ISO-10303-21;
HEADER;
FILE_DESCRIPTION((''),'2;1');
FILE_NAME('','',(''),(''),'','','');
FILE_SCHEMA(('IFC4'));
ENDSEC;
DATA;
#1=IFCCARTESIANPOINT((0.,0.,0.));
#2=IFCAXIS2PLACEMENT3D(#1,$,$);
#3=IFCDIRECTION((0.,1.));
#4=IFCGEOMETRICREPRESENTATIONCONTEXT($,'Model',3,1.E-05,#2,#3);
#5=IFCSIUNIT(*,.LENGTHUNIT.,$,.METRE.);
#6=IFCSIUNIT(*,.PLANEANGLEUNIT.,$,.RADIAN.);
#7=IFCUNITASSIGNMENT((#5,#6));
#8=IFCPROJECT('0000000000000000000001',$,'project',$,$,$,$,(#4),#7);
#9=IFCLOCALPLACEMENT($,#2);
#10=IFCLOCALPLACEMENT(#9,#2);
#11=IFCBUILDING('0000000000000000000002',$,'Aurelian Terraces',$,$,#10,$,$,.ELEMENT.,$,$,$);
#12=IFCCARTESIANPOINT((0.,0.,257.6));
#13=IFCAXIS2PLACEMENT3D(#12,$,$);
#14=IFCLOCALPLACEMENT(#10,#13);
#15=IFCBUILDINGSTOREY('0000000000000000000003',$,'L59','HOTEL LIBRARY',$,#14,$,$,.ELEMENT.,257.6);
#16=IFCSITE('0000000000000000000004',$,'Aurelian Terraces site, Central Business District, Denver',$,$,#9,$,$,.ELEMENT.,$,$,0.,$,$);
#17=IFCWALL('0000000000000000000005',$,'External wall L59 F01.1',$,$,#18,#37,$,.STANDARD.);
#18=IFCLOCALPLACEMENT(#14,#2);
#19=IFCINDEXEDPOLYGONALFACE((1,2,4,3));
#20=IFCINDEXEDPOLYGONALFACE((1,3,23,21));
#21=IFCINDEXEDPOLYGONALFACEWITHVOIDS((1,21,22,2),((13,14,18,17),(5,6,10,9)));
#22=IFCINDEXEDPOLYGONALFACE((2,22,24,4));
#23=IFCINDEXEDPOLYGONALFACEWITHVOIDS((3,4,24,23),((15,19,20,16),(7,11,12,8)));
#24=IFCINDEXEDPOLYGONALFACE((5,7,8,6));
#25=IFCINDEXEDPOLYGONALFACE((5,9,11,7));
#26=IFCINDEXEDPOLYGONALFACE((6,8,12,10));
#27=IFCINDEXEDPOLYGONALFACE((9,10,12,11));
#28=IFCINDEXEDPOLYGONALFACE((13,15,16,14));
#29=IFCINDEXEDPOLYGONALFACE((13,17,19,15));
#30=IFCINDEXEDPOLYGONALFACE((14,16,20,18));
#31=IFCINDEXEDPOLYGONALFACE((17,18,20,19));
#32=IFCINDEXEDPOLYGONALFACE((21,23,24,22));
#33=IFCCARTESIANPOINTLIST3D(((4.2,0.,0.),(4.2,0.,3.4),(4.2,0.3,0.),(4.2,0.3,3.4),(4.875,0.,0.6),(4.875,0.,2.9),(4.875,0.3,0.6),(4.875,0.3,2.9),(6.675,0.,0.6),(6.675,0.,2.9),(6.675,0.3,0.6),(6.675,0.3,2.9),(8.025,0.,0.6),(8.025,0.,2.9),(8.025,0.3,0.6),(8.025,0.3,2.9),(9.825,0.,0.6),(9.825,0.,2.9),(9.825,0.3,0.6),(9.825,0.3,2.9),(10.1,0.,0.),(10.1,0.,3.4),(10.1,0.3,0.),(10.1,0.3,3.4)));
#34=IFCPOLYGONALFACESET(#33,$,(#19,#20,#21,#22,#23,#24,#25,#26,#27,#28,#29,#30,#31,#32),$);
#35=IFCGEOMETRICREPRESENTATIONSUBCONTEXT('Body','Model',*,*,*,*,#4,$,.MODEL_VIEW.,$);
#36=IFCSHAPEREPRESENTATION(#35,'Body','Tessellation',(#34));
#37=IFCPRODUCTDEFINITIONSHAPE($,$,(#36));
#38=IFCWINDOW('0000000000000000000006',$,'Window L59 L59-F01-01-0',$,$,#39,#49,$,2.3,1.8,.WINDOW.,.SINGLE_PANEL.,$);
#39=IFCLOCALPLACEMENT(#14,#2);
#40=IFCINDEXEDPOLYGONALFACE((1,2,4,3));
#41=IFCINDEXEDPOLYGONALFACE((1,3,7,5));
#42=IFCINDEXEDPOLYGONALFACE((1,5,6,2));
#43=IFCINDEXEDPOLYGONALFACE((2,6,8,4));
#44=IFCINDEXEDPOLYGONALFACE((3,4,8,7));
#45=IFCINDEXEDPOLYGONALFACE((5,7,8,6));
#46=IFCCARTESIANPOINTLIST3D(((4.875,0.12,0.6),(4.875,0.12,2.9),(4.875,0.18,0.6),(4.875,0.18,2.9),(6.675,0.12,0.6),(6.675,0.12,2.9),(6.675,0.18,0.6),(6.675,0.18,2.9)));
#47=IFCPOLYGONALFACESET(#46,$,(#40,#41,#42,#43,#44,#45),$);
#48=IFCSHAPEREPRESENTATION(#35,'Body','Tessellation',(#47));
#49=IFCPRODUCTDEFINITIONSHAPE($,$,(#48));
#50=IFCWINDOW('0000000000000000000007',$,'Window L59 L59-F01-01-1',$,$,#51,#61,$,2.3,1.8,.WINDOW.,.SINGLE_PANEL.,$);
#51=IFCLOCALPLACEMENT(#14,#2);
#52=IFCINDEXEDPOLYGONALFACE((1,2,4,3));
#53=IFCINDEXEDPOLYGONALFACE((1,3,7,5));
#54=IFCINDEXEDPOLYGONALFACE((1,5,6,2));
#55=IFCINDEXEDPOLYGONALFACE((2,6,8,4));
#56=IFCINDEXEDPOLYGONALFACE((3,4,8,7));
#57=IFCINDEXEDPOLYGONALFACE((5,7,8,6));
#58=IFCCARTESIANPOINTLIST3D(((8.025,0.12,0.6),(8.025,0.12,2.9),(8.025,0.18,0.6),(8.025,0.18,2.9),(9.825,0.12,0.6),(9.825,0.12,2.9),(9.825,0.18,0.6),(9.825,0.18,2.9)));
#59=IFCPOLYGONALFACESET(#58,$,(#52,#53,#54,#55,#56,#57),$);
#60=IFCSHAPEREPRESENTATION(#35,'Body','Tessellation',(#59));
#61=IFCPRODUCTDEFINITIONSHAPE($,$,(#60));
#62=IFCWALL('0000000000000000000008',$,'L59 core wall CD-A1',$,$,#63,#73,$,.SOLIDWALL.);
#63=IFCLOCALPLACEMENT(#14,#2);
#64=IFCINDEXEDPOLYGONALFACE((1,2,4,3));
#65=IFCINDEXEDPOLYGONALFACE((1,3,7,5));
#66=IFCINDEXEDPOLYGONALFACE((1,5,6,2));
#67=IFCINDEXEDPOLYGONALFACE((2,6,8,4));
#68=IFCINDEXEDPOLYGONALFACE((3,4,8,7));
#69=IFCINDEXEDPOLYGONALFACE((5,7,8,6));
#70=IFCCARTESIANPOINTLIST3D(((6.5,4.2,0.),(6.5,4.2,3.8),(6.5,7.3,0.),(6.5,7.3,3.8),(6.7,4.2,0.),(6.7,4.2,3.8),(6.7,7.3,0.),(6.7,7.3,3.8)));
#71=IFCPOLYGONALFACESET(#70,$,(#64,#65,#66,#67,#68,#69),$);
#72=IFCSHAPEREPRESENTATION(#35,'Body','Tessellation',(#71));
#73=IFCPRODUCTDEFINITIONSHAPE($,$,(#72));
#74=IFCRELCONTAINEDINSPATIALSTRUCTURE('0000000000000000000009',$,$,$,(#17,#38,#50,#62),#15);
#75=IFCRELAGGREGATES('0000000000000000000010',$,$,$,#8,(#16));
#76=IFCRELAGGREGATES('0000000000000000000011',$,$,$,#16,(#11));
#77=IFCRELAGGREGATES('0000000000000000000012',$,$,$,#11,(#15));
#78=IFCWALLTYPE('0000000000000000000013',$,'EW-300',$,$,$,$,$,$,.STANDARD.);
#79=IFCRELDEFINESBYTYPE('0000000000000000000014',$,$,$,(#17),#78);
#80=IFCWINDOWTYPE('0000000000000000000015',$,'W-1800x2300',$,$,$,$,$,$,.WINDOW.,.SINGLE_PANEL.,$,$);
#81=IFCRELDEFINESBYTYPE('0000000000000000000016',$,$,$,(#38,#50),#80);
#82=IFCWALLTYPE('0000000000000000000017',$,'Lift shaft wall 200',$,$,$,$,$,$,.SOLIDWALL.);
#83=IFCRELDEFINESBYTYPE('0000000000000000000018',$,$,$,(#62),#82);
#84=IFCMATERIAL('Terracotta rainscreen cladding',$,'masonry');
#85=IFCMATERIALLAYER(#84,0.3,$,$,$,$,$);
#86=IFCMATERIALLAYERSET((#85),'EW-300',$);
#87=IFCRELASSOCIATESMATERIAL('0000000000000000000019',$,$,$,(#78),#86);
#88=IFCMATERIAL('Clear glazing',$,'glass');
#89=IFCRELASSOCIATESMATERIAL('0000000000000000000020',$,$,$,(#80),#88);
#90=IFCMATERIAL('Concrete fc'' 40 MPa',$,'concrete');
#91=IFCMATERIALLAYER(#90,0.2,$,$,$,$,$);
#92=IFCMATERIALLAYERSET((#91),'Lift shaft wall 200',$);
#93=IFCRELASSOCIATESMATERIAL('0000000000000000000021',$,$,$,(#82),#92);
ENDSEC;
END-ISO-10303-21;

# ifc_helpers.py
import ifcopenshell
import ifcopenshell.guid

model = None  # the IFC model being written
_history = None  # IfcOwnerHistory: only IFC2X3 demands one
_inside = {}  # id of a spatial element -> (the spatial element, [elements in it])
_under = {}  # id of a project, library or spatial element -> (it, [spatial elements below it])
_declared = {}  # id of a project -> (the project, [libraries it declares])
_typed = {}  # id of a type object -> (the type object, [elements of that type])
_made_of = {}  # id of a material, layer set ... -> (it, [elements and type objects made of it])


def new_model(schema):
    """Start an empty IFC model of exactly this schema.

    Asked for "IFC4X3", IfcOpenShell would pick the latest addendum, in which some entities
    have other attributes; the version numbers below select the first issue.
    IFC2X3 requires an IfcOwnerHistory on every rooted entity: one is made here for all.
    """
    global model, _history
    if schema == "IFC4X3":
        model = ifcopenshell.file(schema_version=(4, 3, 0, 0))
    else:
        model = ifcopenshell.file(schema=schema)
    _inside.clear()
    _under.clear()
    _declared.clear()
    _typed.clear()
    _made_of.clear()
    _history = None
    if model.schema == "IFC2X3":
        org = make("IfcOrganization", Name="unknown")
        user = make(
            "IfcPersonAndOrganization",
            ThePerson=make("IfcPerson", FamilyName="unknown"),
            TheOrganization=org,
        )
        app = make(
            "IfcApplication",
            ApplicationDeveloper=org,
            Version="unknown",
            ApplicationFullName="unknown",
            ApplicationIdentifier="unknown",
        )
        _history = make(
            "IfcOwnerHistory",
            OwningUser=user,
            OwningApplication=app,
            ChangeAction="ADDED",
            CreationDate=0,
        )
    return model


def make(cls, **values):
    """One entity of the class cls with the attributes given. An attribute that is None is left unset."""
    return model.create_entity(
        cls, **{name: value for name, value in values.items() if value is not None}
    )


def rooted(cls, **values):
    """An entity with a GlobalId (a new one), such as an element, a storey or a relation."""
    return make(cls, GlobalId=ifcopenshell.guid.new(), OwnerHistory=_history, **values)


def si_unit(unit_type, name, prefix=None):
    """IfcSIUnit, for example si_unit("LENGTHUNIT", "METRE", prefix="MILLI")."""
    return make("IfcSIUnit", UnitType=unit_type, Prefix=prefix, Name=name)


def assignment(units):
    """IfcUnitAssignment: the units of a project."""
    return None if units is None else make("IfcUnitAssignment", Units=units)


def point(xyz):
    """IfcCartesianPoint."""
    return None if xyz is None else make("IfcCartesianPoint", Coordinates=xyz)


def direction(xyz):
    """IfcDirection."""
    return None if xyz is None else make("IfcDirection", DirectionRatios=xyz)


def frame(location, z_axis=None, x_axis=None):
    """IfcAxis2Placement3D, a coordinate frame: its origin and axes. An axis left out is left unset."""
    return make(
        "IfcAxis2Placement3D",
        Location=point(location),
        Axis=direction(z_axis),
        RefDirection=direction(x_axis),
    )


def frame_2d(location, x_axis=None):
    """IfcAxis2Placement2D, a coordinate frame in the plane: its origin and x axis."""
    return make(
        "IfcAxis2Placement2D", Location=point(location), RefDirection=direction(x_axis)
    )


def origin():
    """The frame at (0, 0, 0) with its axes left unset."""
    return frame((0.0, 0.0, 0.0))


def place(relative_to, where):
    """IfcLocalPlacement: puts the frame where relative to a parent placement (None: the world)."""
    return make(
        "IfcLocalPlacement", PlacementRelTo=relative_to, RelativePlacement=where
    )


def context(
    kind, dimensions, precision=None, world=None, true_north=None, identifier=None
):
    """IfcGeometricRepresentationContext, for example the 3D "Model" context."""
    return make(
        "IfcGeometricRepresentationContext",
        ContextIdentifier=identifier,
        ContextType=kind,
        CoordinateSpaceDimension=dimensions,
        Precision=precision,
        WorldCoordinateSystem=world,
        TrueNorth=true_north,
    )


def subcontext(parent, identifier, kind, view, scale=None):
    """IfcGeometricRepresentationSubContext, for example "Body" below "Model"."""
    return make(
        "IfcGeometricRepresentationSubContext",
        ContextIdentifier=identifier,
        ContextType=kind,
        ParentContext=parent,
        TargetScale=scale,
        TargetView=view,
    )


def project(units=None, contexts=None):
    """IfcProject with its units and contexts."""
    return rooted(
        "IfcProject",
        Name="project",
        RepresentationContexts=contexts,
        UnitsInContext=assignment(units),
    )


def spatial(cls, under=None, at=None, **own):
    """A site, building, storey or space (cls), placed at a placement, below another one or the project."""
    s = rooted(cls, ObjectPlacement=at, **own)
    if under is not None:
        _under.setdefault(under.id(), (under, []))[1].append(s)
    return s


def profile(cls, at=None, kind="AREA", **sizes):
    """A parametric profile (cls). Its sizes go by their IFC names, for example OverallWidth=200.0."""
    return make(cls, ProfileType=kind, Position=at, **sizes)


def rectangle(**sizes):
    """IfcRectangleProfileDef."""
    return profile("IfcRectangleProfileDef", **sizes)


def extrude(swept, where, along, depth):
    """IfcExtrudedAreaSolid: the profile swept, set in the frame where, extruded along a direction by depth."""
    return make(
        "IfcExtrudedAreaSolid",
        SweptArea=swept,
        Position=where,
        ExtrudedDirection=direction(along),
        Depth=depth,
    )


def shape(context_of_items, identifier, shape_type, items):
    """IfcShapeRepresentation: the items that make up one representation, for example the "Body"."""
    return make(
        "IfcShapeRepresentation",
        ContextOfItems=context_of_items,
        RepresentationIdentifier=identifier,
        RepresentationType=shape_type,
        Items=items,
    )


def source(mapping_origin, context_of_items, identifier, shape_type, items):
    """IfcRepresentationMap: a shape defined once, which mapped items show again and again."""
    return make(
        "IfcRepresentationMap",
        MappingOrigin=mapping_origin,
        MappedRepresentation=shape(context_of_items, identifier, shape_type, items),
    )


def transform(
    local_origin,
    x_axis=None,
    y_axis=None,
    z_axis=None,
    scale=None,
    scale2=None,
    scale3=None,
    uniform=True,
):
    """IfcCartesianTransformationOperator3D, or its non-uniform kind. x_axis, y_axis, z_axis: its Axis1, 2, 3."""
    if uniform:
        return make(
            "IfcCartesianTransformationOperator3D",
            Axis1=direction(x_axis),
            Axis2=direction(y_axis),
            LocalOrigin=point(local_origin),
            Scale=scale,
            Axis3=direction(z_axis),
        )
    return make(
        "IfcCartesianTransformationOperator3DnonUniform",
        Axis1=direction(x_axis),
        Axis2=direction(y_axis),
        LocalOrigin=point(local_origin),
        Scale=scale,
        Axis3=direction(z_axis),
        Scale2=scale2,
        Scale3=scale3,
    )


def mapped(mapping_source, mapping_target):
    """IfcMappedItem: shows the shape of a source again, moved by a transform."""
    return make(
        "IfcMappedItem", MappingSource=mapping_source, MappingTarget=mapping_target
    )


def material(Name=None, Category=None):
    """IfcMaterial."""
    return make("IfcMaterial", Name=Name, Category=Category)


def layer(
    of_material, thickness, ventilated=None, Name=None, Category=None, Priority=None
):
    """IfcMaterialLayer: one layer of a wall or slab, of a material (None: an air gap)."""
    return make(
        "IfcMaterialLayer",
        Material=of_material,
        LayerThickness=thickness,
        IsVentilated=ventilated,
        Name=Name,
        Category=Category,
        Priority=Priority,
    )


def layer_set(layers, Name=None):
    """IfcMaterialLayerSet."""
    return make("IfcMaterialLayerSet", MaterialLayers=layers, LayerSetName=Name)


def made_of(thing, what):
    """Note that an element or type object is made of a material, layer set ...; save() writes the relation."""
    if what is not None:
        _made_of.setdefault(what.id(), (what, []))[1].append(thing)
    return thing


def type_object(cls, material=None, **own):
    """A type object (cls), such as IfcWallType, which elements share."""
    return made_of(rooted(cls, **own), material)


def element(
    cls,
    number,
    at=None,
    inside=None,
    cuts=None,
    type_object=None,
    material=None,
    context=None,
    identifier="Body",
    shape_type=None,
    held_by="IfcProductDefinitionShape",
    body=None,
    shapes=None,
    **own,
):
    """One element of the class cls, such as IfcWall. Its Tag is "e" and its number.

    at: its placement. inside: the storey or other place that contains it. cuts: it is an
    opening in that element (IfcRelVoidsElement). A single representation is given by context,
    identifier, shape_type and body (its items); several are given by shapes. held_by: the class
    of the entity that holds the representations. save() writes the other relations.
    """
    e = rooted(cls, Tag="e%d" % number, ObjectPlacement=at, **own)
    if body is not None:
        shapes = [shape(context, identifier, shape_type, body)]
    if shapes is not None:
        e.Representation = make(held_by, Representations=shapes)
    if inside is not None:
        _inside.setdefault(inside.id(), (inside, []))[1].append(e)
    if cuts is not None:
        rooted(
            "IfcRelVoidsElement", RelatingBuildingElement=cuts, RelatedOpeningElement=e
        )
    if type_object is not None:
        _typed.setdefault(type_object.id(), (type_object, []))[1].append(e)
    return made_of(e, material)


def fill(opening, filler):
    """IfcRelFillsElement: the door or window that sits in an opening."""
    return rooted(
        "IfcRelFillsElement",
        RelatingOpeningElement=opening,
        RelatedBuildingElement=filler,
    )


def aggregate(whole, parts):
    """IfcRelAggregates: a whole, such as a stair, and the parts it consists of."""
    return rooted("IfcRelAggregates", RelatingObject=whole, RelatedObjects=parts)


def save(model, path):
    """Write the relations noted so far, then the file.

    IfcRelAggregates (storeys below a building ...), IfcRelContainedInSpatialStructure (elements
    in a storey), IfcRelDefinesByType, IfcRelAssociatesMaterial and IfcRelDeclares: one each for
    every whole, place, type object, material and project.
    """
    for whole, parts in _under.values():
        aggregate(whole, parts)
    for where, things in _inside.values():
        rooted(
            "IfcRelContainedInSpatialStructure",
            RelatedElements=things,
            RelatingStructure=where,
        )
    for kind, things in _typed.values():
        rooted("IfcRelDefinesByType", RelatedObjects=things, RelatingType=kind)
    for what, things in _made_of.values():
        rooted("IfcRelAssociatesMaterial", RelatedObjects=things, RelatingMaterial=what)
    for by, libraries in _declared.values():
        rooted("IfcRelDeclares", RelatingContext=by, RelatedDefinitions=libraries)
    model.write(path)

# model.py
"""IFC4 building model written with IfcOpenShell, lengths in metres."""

from ifc_helpers import new_model, si_unit, direction, frame, frame_2d, origin, place, context, subcontext, project, spatial, rectangle, extrude, source, transform, mapped, material, layer, layer_set, type_object, element, fill, save


model = new_model("IFC4")

# Units and contexts
model_context = context("Model", 3, precision=1e-05, world=origin(), true_north=direction((0.0, 1.0)))
body_context = subcontext(model_context, "Body", "Model", "MODEL_VIEW")
ifc_project = project(units=[si_unit("LENGTHUNIT", "METRE"), si_unit("PLANEANGLEUNIT", "RADIAN")], contexts=[model_context])

# Site, building, storey
site_placement = place(None, origin())
site = spatial("IfcSite", under=ifc_project, at=site_placement, Name="Aurelian Terraces site, Central Business District, Denver", CompositionType="ELEMENT", RefElevation=0.0)
building_placement = place(site_placement, origin())
building = spatial("IfcBuilding", under=site, at=building_placement, Name="Aurelian Terraces", CompositionType="ELEMENT")
storey_placement = place(building_placement, frame((0.0, 0.0, 257.6)))
storey = spatial("IfcBuildingStorey", under=building, at=storey_placement, Name="L59", Description="HOTEL LIBRARY", CompositionType="ELEMENT", Elevation=257.6)

# Shared definitions
ifc_material_1 = material(Name="Concrete fc' 40 MPa", Category="concrete")

# Shared definitions
ifc_material_2 = material(Name="Terracotta rainscreen cladding", Category="masonry")
ifc_layer_1 = layer(ifc_material_2, 0.3)
ifc_layer_set_1 = layer_set([ifc_layer_1], Name="EW-300")
wall_type_1 = type_object("IfcWallType", Name="EW-300", PredefinedType="STANDARD", material=ifc_layer_set_1)
shared_shape_1 = source(origin(), body_context, "Body", "SweptSolid", [
    extrude(rectangle(XDim=1.8, YDim=2.3, at=frame_2d((0.9, 1.15))), frame((0.0, 0.16, 0.0), z_axis=(0.0, -1.0, 0.0), x_axis=(1.0, 0.0, 0.0)), (0.0, 0.0, 1.0), 0.32),
])
ifc_material_3 = material(Name="Clear glazing", Category="glass")
window_type = type_object("IfcWindowType", Name="W-1800x2300", PartitioningType="SINGLE_PANEL", PredefinedType="WINDOW", material=ifc_material_3)
shared_shape_2 = source(origin(), body_context, "Body", "SweptSolid", [
    extrude(rectangle(XDim=1.8, YDim=2.3, at=frame_2d((0.9, 1.15))), frame((0.0, 0.03, 0.0), z_axis=(0.0, -1.0, 0.0), x_axis=(1.0, 0.0, 0.0)), (0.0, 0.0, 1.0), 0.06),
])

# Wall, openings, windows
shared_shape_3 = source(origin(), body_context, "Body", "SweptSolid", [
    extrude(rectangle(XDim=5.9, YDim=0.3, at=frame_2d((2.95, 0.0))), origin(), (0.0, 0.0, 1.0), 3.4),
])
wall_1_placement = place(storey_placement, frame((4.2, 0.15, 0.0), z_axis=(0.0, 0.0, 1.0), x_axis=(1.0, 0.0, 0.0)))
wall_1 = element("IfcWall", 1, at=wall_1_placement, inside=storey, type_object=wall_type_1, Name="External wall L59 F01.1", PredefinedType="STANDARD", context=body_context, shape_type="MappedRepresentation", body=[
    mapped(shared_shape_3, transform((0.0, 0.0, 0.0), scale=1.0)),
])
opening_1_placement = place(wall_1_placement, frame((0.675, 0.0, 0.6)))
opening_1 = element("IfcOpeningElement", 2, at=opening_1_placement, cuts=wall_1, PredefinedType="OPENING", context=body_context, shape_type="MappedRepresentation", body=[
    mapped(shared_shape_1, transform((0.0, 0.0, 0.0), scale=1.0)),
])
opening_2_placement = place(wall_1_placement, frame((3.825, 0.0, 0.6)))
opening_2 = element("IfcOpeningElement", 3, at=opening_2_placement, cuts=wall_1, PredefinedType="OPENING", context=body_context, shape_type="MappedRepresentation", body=[
    mapped(shared_shape_1, transform((0.0, 0.0, 0.0), scale=1.0)),
])
window_1_placement = place(opening_1_placement, origin())
window_1 = element("IfcWindow", 4, at=window_1_placement, inside=storey, type_object=window_type, Name="Window L59 L59-F01-01-0", OverallHeight=2.3, OverallWidth=1.8, PartitioningType="SINGLE_PANEL", PredefinedType="WINDOW", context=body_context, shape_type="MappedRepresentation", body=[
    mapped(shared_shape_2, transform((0.0, 0.0, 0.0), scale=1.0)),
])
fill(opening_1, window_1)
window_2_placement = place(opening_2_placement, origin())
window_2 = element("IfcWindow", 5, at=window_2_placement, inside=storey, type_object=window_type, Name="Window L59 L59-F01-01-1", OverallHeight=2.3, OverallWidth=1.8, PartitioningType="SINGLE_PANEL", PredefinedType="WINDOW", context=body_context, shape_type="MappedRepresentation", body=[
    mapped(shared_shape_2, transform((0.0, 0.0, 0.0), scale=1.0)),
])
fill(opening_2, window_2)

# Wall
ifc_layer_2 = layer(ifc_material_1, 0.2)
ifc_layer_set_2 = layer_set([ifc_layer_2], Name="Lift shaft wall 200")
wall_type_2 = type_object("IfcWallType", Name="Lift shaft wall 200", PredefinedType="SOLIDWALL", material=ifc_layer_set_2)
shared_shape_4 = source(origin(), body_context, "Body", "SweptSolid", [
    extrude(rectangle(XDim=3.1, YDim=0.2, at=frame_2d((1.55, 0.0))), origin(), (0.0, 0.0, 1.0), 3.8),
])
wall_2_placement = place(storey_placement, frame((6.6, 4.2, 0.0), z_axis=(0.0, 0.0, 1.0), x_axis=(0.0, 1.0, 0.0)))
element("IfcWall", 6, at=wall_2_placement, inside=storey, type_object=wall_type_2, Name="L59 core wall CD-A1", PredefinedType="SOLIDWALL", context=body_context, shape_type="MappedRepresentation", body=[
    mapped(shared_shape_4, transform((0.0, 0.0, 0.0), scale=1.0)),
])

save(model, "model.ifc")
